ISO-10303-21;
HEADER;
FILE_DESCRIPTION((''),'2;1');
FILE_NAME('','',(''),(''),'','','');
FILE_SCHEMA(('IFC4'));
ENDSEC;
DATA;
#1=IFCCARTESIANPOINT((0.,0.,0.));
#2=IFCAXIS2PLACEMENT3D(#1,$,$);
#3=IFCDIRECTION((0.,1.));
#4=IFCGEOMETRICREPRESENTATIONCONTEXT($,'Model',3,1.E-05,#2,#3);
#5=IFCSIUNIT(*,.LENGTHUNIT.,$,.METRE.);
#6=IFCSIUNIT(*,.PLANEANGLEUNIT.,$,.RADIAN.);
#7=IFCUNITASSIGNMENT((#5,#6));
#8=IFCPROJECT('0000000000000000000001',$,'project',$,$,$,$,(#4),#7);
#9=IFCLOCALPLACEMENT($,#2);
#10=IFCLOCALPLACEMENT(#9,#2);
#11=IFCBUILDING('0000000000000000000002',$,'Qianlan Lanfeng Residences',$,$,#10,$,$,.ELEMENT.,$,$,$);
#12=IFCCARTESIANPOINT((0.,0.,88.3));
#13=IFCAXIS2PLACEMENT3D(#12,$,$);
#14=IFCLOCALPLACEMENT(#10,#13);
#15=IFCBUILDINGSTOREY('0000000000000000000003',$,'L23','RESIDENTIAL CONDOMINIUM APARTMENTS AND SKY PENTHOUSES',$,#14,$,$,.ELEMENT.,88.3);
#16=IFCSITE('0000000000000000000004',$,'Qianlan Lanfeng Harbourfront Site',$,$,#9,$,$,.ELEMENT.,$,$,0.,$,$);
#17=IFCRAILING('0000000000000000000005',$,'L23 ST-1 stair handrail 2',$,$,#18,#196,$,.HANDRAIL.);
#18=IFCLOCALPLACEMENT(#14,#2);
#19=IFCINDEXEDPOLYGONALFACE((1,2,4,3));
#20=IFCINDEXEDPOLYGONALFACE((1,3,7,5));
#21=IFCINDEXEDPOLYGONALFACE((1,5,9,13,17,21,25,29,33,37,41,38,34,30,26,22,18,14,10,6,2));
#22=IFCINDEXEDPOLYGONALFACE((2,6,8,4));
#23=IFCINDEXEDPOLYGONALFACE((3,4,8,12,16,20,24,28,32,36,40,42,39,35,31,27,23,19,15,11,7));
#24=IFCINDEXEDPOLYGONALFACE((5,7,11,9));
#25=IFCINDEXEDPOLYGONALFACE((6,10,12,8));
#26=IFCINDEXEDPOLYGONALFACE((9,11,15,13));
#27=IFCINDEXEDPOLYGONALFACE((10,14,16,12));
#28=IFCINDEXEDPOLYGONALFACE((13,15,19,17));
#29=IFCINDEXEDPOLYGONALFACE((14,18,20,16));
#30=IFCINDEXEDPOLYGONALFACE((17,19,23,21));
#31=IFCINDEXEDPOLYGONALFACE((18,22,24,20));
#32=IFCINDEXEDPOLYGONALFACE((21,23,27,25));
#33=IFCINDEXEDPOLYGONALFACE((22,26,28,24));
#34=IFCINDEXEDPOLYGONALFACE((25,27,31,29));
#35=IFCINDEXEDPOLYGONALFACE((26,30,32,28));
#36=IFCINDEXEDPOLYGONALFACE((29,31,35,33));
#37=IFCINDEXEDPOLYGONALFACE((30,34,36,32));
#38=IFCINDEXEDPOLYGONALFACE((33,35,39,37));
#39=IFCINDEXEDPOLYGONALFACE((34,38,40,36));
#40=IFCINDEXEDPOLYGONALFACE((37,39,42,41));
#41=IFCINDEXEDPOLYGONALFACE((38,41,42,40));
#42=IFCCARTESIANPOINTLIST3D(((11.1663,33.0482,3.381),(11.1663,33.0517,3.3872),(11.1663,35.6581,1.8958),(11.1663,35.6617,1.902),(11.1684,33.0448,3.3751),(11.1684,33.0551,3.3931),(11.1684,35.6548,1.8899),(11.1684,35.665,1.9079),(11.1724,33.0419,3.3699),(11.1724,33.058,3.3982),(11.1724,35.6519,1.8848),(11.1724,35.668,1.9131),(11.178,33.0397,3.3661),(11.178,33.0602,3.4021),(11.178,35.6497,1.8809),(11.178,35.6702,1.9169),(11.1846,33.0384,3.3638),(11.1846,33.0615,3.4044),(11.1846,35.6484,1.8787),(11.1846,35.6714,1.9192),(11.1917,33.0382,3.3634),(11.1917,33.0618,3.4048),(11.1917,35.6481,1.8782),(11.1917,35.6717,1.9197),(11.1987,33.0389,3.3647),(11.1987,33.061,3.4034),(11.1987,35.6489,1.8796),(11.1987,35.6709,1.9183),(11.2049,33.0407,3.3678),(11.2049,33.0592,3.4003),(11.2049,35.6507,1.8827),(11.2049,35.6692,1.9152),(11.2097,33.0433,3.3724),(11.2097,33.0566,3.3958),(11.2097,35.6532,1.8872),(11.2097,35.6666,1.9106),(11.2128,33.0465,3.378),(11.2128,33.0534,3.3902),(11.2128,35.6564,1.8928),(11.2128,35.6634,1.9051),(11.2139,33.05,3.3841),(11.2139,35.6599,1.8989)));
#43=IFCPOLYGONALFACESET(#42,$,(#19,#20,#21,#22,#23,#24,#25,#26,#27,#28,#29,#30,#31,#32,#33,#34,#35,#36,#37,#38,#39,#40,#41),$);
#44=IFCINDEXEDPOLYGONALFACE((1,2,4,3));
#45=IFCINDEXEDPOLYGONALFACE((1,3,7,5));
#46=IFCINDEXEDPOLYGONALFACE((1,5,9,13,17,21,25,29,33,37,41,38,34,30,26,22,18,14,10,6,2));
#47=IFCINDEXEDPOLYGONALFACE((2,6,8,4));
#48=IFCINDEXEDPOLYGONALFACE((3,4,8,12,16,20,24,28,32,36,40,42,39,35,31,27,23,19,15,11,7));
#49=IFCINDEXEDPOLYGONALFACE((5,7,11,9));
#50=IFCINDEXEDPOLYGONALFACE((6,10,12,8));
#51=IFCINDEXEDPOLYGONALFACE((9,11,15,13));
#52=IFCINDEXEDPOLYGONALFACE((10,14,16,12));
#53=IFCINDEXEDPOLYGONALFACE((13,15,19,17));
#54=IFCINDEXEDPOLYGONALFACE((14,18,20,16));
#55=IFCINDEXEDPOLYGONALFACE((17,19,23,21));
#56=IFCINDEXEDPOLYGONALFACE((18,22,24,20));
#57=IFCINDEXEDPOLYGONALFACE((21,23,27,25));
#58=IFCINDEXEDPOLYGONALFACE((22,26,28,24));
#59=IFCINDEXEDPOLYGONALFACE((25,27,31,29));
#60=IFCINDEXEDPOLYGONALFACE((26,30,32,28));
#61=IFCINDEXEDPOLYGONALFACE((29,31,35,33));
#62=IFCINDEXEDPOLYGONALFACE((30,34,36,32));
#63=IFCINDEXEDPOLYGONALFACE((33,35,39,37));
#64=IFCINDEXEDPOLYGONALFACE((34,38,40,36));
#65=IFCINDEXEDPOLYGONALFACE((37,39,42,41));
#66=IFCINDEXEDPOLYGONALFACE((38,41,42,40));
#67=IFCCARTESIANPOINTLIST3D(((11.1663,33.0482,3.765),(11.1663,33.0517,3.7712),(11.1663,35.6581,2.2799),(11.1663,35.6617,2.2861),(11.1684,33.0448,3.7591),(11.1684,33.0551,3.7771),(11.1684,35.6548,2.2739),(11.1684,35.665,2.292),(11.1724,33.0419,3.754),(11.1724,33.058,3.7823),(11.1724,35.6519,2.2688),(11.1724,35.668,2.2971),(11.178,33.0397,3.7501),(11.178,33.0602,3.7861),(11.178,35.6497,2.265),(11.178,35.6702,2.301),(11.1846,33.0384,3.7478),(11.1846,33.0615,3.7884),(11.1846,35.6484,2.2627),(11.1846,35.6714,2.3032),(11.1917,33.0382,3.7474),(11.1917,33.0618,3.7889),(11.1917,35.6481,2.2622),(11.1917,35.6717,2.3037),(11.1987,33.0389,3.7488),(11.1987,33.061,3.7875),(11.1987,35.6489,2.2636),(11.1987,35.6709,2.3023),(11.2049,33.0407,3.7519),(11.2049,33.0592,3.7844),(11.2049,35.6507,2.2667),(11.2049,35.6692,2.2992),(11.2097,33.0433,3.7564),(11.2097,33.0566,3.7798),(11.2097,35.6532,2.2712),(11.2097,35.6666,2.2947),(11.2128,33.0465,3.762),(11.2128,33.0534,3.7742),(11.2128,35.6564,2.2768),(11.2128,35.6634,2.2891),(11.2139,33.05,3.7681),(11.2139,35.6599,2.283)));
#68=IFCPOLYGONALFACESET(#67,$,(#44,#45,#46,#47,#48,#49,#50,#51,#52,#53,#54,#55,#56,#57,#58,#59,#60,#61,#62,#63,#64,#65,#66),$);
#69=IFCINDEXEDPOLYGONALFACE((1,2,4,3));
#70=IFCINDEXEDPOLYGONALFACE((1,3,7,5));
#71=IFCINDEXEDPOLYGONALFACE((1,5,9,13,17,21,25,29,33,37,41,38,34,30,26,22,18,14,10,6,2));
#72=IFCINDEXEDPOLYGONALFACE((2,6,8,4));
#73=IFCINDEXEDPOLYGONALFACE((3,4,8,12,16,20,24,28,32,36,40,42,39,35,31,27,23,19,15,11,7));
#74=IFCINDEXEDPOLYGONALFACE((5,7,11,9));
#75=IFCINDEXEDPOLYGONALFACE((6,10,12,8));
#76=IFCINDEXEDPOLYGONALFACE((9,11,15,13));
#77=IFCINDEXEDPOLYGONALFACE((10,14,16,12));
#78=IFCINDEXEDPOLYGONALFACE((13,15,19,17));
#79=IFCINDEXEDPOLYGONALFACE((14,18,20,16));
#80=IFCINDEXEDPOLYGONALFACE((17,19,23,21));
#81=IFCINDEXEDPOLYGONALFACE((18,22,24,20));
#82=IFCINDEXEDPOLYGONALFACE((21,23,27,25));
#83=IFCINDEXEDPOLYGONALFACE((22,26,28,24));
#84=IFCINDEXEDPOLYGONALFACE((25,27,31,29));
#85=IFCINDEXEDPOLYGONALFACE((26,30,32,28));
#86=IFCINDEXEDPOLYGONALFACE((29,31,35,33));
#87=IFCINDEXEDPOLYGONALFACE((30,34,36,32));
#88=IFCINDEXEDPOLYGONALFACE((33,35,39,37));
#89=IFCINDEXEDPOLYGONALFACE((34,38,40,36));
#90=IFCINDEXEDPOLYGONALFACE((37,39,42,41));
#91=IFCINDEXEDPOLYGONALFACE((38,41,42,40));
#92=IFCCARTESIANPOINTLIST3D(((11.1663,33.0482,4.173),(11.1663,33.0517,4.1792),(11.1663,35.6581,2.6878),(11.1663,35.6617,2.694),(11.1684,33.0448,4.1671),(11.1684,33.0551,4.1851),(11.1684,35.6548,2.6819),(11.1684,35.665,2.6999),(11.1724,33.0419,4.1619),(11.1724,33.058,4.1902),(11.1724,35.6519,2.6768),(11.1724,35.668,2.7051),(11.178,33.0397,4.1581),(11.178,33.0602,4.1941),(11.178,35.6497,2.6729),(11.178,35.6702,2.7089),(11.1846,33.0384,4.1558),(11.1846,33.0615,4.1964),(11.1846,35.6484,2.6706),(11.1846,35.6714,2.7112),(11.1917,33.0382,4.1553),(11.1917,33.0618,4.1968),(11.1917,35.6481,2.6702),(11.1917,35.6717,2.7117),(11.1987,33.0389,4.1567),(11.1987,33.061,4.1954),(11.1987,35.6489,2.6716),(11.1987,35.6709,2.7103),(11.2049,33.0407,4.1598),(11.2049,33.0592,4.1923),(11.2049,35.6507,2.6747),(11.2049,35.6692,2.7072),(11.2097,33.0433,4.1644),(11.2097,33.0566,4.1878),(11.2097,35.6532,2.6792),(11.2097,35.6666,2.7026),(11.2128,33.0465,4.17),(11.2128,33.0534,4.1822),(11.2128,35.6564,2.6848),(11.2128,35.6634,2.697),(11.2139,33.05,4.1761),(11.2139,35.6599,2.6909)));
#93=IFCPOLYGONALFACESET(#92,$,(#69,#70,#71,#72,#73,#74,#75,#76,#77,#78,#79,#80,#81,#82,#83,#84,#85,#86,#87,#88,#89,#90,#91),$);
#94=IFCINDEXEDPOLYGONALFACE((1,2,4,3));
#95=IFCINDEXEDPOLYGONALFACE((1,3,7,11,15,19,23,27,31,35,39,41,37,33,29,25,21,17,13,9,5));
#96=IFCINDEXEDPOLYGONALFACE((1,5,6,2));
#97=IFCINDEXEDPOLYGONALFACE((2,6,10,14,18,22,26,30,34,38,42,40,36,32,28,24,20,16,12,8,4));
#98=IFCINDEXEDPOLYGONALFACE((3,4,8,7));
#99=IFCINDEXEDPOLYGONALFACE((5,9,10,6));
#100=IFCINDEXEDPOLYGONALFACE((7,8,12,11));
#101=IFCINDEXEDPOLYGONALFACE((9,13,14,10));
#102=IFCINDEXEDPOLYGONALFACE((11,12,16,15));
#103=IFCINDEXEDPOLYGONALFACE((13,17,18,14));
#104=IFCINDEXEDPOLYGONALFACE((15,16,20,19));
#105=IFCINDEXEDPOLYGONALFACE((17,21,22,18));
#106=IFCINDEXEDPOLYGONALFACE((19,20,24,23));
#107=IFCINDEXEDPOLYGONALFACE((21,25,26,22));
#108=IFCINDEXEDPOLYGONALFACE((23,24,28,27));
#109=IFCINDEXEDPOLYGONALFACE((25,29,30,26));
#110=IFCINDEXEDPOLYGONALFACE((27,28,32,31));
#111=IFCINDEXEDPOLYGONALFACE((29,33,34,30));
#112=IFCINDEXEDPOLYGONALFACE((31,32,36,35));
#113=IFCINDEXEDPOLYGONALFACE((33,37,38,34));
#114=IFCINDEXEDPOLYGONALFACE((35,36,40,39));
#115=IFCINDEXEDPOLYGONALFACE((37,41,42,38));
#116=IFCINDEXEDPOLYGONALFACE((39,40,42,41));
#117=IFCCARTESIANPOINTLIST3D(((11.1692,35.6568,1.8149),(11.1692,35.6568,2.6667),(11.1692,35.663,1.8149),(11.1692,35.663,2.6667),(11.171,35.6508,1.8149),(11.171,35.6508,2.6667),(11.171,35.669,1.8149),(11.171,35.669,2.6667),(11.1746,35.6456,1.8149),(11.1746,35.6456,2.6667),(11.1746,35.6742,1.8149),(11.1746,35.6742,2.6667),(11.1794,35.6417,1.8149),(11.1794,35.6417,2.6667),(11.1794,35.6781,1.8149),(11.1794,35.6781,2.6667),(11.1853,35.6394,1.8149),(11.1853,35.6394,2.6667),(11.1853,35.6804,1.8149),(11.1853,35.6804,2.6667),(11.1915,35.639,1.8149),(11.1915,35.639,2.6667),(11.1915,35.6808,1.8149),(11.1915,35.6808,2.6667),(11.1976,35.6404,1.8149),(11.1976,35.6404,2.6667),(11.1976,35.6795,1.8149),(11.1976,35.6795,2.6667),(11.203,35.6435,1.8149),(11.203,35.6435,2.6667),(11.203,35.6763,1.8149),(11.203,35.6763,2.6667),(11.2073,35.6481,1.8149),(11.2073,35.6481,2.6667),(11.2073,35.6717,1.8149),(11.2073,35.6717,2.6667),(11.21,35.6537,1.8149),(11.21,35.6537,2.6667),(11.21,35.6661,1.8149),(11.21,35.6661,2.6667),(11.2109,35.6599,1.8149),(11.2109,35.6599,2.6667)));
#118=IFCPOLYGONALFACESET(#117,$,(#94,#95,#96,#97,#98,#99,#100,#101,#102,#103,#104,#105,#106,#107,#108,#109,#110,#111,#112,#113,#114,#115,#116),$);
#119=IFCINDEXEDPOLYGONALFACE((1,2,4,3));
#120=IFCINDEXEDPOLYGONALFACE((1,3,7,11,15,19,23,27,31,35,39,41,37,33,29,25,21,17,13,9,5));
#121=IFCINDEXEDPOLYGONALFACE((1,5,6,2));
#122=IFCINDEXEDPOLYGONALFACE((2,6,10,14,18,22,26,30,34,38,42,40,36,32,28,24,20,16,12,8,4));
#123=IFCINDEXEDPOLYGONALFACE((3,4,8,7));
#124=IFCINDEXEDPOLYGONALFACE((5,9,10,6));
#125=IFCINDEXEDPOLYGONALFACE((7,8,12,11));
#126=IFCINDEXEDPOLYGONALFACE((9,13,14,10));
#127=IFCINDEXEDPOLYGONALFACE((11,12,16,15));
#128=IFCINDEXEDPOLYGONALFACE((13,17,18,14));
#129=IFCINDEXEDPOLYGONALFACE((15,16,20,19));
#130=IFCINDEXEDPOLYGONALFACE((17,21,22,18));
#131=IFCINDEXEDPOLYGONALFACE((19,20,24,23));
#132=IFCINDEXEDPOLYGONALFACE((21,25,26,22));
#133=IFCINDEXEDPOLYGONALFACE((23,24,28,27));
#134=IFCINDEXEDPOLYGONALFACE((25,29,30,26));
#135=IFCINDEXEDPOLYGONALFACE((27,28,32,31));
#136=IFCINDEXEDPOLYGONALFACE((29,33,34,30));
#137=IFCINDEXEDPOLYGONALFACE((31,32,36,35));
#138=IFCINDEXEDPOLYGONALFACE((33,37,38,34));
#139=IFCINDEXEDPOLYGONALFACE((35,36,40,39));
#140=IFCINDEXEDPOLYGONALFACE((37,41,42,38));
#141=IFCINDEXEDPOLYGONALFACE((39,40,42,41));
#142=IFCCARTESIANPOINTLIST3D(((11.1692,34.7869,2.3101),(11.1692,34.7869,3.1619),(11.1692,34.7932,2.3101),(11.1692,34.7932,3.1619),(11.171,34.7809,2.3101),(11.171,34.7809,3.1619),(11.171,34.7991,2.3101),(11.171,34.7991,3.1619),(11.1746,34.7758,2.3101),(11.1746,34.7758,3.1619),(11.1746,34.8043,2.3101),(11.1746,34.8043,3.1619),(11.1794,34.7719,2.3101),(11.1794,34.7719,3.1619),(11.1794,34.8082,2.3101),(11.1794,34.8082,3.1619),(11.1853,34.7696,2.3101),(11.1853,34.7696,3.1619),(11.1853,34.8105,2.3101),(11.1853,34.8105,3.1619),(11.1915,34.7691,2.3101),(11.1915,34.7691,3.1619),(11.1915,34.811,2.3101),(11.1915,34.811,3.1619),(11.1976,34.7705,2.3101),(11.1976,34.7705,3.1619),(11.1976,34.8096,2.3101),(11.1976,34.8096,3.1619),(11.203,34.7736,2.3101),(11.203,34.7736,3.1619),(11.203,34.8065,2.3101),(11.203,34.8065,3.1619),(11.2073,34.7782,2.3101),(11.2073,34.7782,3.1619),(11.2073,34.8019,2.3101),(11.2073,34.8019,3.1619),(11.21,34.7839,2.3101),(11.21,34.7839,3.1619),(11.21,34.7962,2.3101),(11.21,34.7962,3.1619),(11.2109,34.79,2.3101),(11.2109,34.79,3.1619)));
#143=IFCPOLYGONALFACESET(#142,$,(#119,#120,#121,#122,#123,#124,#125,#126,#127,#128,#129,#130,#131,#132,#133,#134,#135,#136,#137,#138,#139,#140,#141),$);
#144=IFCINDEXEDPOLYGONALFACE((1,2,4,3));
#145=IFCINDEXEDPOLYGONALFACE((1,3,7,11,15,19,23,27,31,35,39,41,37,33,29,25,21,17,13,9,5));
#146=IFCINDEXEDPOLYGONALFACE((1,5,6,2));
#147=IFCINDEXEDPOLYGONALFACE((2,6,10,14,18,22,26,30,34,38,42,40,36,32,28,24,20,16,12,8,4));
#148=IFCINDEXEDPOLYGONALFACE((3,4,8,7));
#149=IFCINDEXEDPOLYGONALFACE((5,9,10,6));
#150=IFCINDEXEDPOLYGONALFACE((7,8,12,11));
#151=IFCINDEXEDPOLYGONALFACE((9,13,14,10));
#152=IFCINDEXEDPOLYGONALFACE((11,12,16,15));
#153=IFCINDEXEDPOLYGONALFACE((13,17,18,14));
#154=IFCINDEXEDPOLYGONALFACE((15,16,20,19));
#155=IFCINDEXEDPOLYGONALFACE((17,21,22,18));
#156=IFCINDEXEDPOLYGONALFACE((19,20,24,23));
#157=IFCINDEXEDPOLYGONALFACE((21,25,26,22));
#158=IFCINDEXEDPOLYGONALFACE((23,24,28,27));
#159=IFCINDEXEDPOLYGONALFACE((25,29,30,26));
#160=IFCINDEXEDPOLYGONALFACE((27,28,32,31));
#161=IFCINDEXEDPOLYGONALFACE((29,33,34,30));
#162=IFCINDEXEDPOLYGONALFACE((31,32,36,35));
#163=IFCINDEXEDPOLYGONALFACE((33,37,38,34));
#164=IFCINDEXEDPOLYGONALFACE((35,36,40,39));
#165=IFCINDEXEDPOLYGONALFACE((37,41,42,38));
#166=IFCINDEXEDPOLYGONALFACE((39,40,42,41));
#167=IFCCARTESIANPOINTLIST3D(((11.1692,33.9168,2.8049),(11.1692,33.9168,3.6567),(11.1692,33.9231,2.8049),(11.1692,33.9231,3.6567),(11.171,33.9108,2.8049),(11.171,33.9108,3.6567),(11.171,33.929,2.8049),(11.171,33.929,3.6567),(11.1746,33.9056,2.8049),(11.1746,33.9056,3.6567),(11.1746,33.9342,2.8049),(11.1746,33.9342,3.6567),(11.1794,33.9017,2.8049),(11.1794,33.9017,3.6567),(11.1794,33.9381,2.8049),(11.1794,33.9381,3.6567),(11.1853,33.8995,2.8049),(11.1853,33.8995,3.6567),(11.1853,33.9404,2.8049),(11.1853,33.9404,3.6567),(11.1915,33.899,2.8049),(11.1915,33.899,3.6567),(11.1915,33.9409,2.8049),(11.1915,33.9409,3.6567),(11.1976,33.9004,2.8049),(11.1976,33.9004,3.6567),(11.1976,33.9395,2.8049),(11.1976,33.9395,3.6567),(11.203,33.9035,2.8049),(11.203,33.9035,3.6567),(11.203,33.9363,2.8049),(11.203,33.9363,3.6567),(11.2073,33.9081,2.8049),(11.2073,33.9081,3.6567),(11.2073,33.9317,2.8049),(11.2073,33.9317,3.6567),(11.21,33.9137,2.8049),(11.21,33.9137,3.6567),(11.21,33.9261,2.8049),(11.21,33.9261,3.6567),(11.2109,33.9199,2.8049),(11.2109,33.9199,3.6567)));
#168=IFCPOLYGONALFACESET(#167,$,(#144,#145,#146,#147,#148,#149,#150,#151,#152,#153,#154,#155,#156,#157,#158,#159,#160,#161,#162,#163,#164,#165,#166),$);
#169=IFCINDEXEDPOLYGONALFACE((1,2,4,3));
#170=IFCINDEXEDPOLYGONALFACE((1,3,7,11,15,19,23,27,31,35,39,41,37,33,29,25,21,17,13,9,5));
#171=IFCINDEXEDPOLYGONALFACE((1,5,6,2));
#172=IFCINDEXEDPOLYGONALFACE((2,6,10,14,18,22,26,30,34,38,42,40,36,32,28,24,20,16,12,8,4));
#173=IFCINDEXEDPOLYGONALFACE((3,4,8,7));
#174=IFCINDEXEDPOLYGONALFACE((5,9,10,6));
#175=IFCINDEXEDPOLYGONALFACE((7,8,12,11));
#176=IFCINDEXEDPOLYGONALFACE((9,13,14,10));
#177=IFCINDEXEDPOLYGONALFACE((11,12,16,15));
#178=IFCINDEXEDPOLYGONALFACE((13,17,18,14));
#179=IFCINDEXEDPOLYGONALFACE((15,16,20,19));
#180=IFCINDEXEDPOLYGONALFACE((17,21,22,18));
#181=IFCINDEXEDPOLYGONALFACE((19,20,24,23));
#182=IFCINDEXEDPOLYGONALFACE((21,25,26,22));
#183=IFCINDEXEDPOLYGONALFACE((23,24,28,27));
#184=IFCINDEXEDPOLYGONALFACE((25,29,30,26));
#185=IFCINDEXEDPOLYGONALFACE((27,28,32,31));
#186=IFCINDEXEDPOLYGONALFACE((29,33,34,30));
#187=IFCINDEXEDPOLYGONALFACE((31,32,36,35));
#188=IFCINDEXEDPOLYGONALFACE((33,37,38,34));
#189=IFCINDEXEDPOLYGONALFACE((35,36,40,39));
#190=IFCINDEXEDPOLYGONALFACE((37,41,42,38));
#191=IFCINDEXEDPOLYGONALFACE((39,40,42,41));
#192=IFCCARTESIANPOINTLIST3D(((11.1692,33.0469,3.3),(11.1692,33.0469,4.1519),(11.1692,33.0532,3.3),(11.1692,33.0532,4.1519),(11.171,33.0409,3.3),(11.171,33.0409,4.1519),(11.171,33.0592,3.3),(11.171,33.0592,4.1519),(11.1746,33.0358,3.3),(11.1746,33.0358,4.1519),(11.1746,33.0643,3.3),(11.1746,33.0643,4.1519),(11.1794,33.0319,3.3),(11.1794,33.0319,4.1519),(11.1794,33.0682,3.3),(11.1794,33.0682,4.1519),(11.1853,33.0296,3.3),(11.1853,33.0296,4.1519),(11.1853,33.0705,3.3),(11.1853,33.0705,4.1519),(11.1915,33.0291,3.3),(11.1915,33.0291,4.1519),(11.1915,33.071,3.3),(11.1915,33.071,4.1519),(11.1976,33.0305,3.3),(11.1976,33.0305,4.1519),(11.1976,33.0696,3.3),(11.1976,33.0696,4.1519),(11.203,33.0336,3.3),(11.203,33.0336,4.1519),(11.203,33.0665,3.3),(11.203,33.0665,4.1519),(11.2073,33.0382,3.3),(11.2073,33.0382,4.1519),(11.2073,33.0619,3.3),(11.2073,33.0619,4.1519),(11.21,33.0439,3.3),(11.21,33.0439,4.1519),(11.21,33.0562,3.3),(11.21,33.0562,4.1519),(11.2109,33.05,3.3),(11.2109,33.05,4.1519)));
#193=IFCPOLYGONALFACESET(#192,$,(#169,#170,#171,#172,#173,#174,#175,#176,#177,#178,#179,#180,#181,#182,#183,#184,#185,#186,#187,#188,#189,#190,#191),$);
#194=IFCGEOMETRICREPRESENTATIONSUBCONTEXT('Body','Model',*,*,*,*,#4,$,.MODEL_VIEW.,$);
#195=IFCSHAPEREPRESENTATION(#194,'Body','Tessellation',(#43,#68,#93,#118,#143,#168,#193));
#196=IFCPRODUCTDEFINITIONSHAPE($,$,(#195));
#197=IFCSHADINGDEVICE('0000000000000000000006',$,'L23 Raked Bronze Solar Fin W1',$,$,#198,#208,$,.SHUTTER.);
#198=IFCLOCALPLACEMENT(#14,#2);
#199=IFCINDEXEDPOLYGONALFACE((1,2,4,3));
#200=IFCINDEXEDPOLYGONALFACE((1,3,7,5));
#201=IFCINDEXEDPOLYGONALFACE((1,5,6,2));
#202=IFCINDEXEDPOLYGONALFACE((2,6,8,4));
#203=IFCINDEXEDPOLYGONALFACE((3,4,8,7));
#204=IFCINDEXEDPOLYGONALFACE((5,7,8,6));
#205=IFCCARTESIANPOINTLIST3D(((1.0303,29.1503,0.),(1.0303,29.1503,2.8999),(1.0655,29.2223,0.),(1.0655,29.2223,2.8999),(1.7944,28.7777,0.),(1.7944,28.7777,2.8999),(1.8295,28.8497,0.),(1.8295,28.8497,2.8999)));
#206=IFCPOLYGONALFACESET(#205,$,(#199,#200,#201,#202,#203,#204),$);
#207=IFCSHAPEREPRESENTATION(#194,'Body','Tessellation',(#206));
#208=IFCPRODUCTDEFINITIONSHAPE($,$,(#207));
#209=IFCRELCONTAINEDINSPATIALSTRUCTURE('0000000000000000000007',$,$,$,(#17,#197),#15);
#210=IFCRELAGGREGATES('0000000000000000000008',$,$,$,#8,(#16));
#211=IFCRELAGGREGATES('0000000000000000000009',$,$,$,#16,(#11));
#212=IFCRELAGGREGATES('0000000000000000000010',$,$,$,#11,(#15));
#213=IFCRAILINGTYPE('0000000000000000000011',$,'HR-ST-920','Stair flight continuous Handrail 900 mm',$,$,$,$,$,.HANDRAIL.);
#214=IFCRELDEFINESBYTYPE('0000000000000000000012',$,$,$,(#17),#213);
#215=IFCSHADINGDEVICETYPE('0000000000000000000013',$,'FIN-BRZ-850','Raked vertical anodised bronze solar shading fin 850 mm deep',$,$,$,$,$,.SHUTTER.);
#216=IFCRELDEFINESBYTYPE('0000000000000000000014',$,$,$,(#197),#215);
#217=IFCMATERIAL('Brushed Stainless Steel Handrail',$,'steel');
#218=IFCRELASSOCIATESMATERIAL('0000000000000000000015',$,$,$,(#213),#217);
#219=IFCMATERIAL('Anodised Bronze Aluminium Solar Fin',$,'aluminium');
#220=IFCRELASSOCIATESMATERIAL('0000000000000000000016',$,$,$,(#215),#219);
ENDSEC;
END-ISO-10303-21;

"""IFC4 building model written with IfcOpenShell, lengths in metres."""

from ifc_helpers import new_model, si_unit, direction, frame, origin, origin_2d, place, context, subcontext, project, spatial, rectangle, circle, extrude, source, transform, mapped, material, type_object, element, save


model = new_model("IFC4")

# Units and contexts
model_context = context("Model", 3, precision=1e-05, world=origin(), true_north=direction((0.0, 1.0)))
body_context = subcontext(model_context, "Body", "Model", "MODEL_VIEW")
ifc_project = project(units=[si_unit("LENGTHUNIT", "METRE"), si_unit("PLANEANGLEUNIT", "RADIAN")], contexts=[model_context])

# Site, building, storey
site_placement = place(None, origin())
site = spatial("IfcSite", under=ifc_project, at=site_placement, Name="Qianlan Lanfeng Harbourfront Site", CompositionType="ELEMENT", RefElevation=0.0)
building_placement = place(site_placement, origin())
building = spatial("IfcBuilding", under=site, at=building_placement, Name="Qianlan Lanfeng Residences", CompositionType="ELEMENT")
storey_placement = place(building_placement, frame((0.0, 0.0, 88.3)))
storey = spatial("IfcBuildingStorey", under=building, at=storey_placement, Name="L23", Description="RESIDENTIAL CONDOMINIUM APARTMENTS AND SKY PENTHOUSES", CompositionType="ELEMENT", Elevation=88.3)

# Railing
ifc_material_1 = material(Name="Brushed Stainless Steel Handrail", Category="steel")
railing_type = type_object("IfcRailingType", Name="HR-ST-920", Description="Stair flight continuous Handrail 900 mm", PredefinedType="HANDRAIL", material=ifc_material_1)
railing_placement = place(storey_placement, frame((11.1899, 35.6599, 1.8149)))
element("IfcRailing", 1, at=railing_placement, inside=storey, type_object=railing_type, Name="L23 ST-1 stair handrail 2", PredefinedType="HANDRAIL", context=body_context, shape_type="SweptSolid", body=[
    extrude(circle(Radius=0.0239, at=origin_2d()), frame((0.0, 0.0, 0.084), z_axis=(0.0, -0.869137, 0.494571), x_axis=(1.0, 0.0, 0.0)), (0.0, 0.0, 1.0), 3.0029),
    extrude(circle(Radius=0.0239, at=origin_2d()), frame((0.0, 0.0, 0.468), z_axis=(0.0, -0.869137, 0.494571), x_axis=(1.0, 0.0, 0.0)), (0.0, 0.0, 1.0), 3.0029),
    extrude(circle(Radius=0.0239, at=origin_2d()), frame((0.0, 0.0, 0.876), z_axis=(0.0, -0.869137, 0.494571), x_axis=(1.0, 0.0, 0.0)), (0.0, 0.0, 1.0), 3.0029),
    extrude(circle(Radius=0.021, at=origin_2d()), origin(), (0.0, 0.0, 1.0), 0.8518),
    extrude(circle(Radius=0.021, at=origin_2d()), frame((0.0, -0.8699, 0.4951)), (0.0, 0.0, 1.0), 0.8518),
    extrude(circle(Radius=0.021, at=origin_2d()), frame((0.0, -1.74, 0.99)), (0.0, 0.0, 1.0), 0.8518),
    extrude(circle(Radius=0.021, at=origin_2d()), frame((0.0, -2.6099, 1.4851)), (0.0, 0.0, 1.0), 0.8518),
])

# Shading device
ifc_material_2 = material(Name="Anodised Bronze Aluminium Solar Fin", Category="aluminium")
shading_device_type = type_object("IfcShadingDeviceType", Name="FIN-BRZ-850", Description="Raked vertical anodised bronze solar shading fin 850 mm deep", PredefinedType="SHUTTER", material=ifc_material_2)
shared_shape_1 = source(origin(), body_context, "Body", "SweptSolid", [
    extrude(rectangle(XDim=0.8501, YDim=0.0801, at=origin_2d()), origin(), (0.0, 0.0, 1.0), 2.8999),
])
for number, where, z_axis, x_axis, name in (
    (2, (1.4299, 29.0, 0.0), (0.0, 0.0, 1.0), (0.898794, -0.438371, 0.0), "L23 Raked Bronze Solar Fin W1"),
):
    element("IfcShadingDevice", number, at=place(storey_placement, frame(where, z_axis=z_axis, x_axis=x_axis)), inside=storey, type_object=shading_device_type, Name=name, PredefinedType="SHUTTER", context=body_context, shape_type="MappedRepresentation", body=[
        mapped(shared_shape_1, transform((0.0, 0.0, 0.0), scale=1.0)),
    ])

save(model, "model.ifc")
